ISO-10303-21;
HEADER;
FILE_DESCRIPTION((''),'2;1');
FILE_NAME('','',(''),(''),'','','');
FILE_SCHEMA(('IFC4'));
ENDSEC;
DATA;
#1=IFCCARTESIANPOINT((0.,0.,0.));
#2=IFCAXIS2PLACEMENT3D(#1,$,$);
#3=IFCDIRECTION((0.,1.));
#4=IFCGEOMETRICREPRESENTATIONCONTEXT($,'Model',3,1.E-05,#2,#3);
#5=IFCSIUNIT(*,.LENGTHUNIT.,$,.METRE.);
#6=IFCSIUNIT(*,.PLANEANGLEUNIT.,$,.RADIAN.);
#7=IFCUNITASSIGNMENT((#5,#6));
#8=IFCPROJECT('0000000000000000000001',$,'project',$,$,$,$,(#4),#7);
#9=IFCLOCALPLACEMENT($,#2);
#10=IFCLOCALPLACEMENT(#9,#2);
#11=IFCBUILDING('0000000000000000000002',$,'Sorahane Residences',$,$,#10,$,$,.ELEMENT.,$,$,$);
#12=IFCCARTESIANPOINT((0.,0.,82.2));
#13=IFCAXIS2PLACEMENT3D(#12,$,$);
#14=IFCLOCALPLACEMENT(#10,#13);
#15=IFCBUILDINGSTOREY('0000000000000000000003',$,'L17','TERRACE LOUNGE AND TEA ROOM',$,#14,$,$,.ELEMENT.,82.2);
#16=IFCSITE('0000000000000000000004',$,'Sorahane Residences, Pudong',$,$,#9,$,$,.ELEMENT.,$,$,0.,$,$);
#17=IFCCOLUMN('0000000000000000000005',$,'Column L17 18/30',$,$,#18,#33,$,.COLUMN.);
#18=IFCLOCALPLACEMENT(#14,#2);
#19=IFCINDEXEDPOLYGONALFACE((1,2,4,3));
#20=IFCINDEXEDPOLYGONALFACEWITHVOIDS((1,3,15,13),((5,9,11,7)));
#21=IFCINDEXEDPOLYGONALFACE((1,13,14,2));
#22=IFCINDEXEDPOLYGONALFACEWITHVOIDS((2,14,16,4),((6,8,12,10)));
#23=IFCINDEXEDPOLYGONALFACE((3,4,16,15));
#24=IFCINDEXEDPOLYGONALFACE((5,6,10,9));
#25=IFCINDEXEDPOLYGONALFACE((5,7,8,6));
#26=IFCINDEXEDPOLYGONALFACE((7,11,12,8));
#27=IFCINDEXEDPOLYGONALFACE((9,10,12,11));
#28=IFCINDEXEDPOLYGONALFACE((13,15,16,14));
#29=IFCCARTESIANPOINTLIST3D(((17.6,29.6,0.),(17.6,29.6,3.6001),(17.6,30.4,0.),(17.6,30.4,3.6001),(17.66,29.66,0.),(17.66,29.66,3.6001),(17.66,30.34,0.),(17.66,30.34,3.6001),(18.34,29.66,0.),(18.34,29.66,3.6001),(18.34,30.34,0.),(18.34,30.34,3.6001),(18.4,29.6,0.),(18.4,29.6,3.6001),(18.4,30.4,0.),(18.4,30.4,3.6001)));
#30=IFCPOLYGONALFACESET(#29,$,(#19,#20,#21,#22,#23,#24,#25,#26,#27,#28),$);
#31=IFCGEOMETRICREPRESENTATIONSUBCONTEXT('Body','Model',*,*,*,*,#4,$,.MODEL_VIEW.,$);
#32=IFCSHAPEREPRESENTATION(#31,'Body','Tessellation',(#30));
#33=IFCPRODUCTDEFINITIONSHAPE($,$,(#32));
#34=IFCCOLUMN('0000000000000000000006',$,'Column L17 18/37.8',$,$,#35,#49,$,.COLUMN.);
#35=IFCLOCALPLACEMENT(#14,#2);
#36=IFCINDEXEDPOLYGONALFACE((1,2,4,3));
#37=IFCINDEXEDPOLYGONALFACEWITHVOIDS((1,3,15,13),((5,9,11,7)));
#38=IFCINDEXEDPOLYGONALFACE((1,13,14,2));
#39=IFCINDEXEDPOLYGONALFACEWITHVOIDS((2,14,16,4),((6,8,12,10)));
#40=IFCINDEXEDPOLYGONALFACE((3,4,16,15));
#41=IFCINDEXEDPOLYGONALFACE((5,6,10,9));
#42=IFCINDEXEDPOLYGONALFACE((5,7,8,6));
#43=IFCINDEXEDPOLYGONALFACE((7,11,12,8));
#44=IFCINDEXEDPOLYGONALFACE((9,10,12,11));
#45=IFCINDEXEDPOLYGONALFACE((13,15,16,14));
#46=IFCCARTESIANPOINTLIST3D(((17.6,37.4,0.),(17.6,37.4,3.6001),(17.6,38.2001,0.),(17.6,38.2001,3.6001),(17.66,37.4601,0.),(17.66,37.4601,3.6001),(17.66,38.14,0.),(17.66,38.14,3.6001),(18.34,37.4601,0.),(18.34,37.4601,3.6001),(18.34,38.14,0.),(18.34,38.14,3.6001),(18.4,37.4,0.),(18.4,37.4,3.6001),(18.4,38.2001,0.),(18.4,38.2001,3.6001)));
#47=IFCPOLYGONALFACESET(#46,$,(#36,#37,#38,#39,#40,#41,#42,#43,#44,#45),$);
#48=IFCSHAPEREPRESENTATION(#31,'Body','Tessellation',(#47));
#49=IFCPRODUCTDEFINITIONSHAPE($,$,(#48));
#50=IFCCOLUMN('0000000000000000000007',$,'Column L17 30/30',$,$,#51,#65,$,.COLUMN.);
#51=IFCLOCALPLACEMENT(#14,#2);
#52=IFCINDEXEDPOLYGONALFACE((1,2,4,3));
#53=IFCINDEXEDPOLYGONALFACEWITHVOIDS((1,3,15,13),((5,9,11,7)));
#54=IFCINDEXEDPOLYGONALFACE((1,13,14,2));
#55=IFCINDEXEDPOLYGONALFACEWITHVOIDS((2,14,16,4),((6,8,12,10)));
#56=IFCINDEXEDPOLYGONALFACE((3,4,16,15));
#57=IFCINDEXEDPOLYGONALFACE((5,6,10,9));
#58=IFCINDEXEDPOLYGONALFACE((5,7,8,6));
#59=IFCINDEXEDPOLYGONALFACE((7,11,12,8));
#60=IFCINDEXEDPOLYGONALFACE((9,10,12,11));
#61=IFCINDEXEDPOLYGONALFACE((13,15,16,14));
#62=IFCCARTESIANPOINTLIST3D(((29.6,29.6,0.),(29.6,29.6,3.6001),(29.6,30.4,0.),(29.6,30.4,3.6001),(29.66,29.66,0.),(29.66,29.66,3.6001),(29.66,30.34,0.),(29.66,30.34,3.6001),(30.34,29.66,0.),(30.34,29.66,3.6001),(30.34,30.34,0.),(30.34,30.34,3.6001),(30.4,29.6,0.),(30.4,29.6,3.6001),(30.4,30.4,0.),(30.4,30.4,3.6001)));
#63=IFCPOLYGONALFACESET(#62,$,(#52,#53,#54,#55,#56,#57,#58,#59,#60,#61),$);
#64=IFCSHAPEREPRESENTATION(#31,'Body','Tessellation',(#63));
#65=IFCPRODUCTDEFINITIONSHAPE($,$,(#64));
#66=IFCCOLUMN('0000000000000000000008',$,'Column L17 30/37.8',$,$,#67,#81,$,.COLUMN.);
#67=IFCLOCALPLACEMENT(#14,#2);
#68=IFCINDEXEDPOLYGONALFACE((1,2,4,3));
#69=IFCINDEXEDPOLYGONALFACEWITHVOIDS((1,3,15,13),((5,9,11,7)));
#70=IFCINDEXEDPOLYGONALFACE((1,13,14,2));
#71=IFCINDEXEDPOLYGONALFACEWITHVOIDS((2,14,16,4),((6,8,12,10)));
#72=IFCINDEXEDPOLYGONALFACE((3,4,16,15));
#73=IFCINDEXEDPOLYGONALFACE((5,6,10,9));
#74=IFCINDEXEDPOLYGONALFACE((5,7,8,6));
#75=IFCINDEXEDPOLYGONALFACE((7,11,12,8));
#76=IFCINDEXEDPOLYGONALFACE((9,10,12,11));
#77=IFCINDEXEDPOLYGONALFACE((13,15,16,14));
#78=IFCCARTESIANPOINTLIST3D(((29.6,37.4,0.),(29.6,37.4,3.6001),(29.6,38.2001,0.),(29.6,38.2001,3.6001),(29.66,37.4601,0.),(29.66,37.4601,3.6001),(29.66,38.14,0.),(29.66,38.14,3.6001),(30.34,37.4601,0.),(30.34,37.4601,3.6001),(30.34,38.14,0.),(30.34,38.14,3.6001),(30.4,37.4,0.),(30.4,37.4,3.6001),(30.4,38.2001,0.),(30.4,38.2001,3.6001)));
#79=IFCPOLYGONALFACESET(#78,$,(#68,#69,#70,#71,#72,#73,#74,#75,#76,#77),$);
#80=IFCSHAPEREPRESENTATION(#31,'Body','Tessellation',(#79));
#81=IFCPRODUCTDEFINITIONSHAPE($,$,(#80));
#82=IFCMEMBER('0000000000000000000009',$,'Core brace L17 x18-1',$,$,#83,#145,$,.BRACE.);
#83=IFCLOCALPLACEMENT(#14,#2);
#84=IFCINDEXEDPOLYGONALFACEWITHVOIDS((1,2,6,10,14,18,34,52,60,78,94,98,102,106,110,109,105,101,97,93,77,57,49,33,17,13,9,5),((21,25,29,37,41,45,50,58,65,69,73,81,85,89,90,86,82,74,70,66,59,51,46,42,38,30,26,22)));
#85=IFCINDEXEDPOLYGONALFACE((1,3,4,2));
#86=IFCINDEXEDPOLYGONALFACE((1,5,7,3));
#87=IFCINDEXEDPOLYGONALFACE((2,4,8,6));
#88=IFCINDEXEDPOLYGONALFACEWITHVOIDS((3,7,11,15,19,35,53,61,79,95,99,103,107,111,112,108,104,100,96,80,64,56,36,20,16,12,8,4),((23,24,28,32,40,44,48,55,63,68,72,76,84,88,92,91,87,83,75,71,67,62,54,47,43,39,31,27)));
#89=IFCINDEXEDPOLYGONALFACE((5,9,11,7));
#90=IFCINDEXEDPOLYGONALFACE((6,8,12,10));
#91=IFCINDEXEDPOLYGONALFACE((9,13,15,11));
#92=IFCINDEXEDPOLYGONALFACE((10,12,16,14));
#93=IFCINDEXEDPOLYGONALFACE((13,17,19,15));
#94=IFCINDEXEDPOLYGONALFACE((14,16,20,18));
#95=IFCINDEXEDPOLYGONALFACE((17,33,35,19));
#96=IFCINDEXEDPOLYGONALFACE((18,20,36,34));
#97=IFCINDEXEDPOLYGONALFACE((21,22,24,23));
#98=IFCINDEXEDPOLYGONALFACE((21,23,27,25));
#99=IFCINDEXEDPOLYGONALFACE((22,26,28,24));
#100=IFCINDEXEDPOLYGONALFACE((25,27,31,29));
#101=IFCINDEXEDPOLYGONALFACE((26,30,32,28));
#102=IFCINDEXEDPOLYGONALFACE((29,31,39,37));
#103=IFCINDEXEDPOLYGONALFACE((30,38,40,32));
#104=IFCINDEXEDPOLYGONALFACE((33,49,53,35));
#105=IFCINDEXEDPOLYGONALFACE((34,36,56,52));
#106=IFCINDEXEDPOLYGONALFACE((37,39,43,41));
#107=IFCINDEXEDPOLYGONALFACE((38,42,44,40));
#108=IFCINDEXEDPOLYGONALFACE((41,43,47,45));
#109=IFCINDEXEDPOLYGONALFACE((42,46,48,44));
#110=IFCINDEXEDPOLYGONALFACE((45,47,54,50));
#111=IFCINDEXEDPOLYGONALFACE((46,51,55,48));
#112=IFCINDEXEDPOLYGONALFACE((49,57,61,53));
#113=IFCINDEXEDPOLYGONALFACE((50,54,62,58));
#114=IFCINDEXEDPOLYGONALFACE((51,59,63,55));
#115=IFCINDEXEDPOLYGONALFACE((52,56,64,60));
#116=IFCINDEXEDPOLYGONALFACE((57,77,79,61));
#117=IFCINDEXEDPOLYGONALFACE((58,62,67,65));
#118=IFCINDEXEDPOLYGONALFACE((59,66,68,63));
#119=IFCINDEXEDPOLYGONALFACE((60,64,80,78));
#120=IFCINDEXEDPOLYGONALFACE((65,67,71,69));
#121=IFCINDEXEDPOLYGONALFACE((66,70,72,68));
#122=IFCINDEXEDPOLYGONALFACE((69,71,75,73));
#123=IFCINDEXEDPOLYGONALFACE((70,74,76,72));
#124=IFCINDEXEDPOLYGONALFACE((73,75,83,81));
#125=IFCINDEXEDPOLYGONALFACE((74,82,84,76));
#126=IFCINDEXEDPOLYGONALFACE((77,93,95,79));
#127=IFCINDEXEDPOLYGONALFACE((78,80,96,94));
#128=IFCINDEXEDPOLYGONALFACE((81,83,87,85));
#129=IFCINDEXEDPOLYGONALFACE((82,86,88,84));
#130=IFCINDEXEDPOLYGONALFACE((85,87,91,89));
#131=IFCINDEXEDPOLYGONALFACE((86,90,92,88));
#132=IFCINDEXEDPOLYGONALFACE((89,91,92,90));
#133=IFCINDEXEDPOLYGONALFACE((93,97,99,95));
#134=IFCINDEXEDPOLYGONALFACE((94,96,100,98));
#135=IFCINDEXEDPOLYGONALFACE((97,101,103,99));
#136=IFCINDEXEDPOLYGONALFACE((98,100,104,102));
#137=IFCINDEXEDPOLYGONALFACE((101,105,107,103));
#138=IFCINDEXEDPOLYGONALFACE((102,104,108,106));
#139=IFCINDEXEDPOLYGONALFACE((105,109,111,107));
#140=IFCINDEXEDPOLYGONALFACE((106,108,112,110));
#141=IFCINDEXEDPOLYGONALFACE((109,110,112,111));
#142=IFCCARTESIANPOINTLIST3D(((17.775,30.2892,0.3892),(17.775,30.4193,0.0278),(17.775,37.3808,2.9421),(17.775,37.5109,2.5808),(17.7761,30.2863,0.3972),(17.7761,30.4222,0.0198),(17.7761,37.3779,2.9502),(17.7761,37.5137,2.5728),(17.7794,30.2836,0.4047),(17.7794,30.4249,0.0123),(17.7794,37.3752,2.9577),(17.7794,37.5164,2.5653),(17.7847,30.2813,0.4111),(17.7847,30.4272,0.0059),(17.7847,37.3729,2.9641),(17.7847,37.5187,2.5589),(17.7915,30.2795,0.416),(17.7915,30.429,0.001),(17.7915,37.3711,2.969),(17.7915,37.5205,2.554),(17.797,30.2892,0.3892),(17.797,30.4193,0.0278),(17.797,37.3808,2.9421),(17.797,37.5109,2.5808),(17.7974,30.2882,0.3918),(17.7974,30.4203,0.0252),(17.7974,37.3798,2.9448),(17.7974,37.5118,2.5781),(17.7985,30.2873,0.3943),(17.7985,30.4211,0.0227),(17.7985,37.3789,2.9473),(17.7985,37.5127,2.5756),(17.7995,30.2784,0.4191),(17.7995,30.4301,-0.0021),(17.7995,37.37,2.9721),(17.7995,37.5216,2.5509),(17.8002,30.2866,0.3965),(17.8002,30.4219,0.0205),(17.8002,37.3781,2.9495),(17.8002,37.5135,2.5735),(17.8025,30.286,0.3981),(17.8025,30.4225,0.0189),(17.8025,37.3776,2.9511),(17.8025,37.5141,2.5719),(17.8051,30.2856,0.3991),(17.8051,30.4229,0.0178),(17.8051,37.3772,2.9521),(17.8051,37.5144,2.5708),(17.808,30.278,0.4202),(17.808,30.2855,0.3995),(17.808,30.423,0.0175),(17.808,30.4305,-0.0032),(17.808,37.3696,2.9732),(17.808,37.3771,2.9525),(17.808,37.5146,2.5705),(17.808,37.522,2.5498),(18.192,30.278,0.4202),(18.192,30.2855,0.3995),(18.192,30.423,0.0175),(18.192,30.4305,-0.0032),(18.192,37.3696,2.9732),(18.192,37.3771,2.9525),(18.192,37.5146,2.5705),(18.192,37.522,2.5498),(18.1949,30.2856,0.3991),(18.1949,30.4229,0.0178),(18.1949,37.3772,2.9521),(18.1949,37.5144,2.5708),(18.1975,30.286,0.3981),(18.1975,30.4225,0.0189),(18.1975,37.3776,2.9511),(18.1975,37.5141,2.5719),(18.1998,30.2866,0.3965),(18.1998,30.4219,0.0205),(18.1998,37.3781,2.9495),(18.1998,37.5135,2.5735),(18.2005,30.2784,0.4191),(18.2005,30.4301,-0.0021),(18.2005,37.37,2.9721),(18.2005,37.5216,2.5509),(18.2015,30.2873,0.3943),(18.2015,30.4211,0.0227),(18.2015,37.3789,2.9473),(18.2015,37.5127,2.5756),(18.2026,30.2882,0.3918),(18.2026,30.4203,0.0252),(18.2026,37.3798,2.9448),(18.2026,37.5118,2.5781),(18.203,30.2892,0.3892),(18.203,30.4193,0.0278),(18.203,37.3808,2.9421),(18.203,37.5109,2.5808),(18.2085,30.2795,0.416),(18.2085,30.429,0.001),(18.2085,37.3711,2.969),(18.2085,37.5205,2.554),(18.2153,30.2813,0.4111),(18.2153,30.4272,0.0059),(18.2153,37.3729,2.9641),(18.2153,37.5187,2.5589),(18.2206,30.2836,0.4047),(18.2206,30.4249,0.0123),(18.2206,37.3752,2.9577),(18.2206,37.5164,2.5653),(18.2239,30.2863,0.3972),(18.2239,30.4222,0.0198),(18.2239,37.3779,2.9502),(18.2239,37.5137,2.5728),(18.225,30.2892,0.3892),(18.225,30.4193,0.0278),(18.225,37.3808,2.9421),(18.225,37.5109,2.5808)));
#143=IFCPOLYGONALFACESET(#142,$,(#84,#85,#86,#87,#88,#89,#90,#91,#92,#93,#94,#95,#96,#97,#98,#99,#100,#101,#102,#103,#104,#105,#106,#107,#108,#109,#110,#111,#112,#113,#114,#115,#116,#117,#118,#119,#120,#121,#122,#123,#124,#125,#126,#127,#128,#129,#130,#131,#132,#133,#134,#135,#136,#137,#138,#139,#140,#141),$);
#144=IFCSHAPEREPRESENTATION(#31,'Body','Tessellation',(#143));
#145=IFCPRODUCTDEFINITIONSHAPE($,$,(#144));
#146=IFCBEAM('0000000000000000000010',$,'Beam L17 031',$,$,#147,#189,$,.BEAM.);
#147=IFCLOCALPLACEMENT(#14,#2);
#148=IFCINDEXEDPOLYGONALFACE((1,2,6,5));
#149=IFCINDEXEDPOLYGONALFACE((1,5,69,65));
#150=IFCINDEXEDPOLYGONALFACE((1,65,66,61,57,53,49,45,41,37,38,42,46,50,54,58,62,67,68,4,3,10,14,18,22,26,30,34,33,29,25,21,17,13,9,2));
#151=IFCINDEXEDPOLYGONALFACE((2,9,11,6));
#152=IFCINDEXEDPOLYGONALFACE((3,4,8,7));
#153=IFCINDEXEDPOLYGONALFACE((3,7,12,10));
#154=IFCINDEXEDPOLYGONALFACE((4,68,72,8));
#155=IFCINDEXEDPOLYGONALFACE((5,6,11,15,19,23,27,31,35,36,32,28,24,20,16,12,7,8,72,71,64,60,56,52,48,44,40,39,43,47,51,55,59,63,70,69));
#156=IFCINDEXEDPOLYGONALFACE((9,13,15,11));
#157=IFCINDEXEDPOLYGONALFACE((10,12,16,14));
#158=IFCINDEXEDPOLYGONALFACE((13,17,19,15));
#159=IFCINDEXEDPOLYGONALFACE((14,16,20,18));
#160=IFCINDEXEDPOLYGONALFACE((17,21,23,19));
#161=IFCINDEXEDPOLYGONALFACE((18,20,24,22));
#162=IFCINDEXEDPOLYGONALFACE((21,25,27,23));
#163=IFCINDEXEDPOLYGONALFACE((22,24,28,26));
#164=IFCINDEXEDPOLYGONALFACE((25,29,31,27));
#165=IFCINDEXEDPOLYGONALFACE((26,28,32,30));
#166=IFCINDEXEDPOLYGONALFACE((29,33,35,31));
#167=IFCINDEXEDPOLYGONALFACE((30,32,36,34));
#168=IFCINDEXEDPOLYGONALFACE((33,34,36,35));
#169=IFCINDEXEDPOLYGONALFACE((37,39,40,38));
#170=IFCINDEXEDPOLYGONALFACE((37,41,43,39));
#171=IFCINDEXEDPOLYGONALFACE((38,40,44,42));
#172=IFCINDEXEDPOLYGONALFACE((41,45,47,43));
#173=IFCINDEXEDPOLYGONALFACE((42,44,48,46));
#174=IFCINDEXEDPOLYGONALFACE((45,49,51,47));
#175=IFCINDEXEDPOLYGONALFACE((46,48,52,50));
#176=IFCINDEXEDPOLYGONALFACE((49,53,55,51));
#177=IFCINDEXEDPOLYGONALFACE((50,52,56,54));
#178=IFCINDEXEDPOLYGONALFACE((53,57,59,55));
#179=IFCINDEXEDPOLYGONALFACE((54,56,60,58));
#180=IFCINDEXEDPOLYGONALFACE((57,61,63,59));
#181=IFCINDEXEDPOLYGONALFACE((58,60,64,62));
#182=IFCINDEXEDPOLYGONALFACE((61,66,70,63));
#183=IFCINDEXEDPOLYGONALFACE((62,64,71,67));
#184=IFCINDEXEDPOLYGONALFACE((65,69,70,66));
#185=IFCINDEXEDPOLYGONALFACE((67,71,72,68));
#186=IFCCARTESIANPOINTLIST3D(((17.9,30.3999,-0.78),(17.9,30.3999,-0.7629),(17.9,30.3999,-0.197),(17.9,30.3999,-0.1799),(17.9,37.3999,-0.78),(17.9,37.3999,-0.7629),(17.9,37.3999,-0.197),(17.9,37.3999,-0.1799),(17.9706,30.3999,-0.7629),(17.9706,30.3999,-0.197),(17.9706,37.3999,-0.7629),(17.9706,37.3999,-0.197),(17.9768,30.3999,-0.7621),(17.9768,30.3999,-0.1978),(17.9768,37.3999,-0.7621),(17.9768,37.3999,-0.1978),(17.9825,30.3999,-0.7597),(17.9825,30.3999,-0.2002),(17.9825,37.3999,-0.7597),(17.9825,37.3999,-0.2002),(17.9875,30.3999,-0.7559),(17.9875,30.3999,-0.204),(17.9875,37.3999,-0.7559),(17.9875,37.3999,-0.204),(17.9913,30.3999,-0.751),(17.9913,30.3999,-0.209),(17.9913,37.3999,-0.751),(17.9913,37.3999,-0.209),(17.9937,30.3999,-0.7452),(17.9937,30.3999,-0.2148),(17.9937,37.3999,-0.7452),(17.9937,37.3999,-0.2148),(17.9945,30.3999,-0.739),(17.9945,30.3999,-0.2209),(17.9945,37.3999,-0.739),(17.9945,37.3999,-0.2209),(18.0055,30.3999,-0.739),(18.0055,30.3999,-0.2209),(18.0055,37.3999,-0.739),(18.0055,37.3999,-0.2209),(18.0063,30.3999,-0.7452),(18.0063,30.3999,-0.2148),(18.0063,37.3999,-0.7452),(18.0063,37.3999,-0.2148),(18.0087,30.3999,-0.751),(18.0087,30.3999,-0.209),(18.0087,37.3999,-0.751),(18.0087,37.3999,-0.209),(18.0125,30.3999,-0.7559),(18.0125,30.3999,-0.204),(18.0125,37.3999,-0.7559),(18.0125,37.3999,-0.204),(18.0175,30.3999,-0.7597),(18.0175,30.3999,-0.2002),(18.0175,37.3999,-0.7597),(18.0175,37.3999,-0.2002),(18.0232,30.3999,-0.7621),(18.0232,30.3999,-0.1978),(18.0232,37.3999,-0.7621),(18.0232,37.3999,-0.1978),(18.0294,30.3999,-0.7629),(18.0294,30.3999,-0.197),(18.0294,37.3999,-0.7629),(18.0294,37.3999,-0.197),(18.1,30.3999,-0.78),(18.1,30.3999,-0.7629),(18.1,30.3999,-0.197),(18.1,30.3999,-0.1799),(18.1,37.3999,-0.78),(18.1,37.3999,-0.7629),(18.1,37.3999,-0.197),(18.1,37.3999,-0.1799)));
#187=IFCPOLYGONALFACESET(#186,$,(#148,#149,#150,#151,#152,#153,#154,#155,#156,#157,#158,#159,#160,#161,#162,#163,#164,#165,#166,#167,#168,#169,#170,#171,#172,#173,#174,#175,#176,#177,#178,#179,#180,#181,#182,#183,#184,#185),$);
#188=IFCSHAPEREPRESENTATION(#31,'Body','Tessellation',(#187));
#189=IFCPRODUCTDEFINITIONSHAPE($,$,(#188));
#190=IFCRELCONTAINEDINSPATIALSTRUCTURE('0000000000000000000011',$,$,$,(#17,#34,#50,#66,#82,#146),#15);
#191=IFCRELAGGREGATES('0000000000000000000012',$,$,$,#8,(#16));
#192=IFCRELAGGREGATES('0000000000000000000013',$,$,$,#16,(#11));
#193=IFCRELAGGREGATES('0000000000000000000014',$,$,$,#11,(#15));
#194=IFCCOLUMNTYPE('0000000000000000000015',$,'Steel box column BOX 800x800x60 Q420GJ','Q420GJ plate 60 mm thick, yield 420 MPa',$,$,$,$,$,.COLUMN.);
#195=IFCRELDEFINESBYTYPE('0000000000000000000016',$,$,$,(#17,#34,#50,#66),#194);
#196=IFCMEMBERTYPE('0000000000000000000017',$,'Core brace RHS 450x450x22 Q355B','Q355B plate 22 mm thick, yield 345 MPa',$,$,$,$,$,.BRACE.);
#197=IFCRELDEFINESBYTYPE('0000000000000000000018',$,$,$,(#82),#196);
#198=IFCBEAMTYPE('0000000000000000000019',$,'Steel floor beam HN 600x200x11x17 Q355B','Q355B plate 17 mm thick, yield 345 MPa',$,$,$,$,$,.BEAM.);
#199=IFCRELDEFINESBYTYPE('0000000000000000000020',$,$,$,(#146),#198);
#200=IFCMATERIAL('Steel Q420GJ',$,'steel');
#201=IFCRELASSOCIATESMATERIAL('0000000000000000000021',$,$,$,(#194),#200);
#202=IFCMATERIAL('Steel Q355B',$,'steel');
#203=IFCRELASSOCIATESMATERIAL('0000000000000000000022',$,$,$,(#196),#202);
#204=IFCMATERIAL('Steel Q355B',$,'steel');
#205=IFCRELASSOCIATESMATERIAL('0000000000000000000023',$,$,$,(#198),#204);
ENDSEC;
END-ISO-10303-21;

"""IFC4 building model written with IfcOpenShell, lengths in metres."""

from ifc_helpers import new_model, si_unit, direction, frame, origin, origin_2d, place, context, subcontext, project, spatial, hollow_rectangle, i_section, extrude, material, material_profile, profile_set, type_object, element, save


model = new_model("IFC4")

# Units and contexts
model_context = context("Model", 3, precision=1e-05, world=origin(), true_north=direction((0.0, 1.0)))
body_context = subcontext(model_context, "Body", "Model", "MODEL_VIEW")
ifc_project = project(units=[si_unit("LENGTHUNIT", "METRE"), si_unit("PLANEANGLEUNIT", "RADIAN")], contexts=[model_context])

# Site, building, storey
site_placement = place(None, origin())
site = spatial("IfcSite", under=ifc_project, at=site_placement, Name="Sorahane Residences, Pudong", CompositionType="ELEMENT", RefElevation=0.0)
building_placement = place(site_placement, origin())
building = spatial("IfcBuilding", under=site, at=building_placement, Name="Sorahane Residences", CompositionType="ELEMENT")
storey_placement = place(building_placement, frame((0.0, 0.0, 82.2)))
storey = spatial("IfcBuildingStorey", under=building, at=storey_placement, Name="L17", Description="TERRACE LOUNGE AND TEA ROOM", CompositionType="ELEMENT", Elevation=82.2)

# Columns
ifc_material_1 = material(Name="Steel Q420GJ", Category="steel")
ifc_material_profile_1 = material_profile(ifc_material_1, hollow_rectangle(XDim=0.8, YDim=0.8, WallThickness=0.0601, at=origin_2d()), Name="BOX 800x800x60")
ifc_profile_set_1 = profile_set([ifc_material_profile_1], Name="Steel Q420GJ")
column_type = type_object("IfcColumnType", Name="Steel box column BOX 800x800x60 Q420GJ", Description="Q420GJ plate 60 mm thick, yield 420 MPa", PredefinedType="COLUMN", material=ifc_profile_set_1)
for number, where, z_axis, x_axis, name in (
    (1, (18.0, 30.0, 0.0), (0.0, 0.0, 1.0), (1.0, 0.0, 0.0), "Column L17 18/30"),
    (2, (18.0, 37.8, 0.0), (0.0, 0.0, 1.0), (1.0, 0.0, 0.0), "Column L17 18/37.8"),
    (3, (30.0, 30.0, 0.0), (0.0, 0.0, 1.0), (1.0, 0.0, 0.0), "Column L17 30/30"),
    (4, (30.0, 37.8, 0.0), (0.0, 0.0, 1.0), (1.0, 0.0, 0.0), "Column L17 30/37.8"),
):
    element("IfcColumn", number, at=place(storey_placement, frame(where, z_axis=z_axis, x_axis=x_axis)), inside=storey, type_object=column_type, Name=name, PredefinedType="COLUMN", context=body_context, shape_type="SweptSolid", body=[
        extrude(hollow_rectangle(XDim=0.8, YDim=0.8, WallThickness=0.0601, at=origin_2d()), origin(), (0.0, 0.0, 1.0), 3.6001),
    ])

# Member
ifc_material_2 = material(Name="Steel Q355B", Category="steel")
ifc_material_profile_2 = material_profile(ifc_material_2, hollow_rectangle(XDim=0.45, YDim=0.45, WallThickness=0.022, InnerFilletRadius=0.011, OuterFilletRadius=0.033, at=origin_2d()), Name="RHS 450x450x22")
ifc_profile_set_2 = profile_set([ifc_material_profile_2], Name="Steel Q355B")
member_type = type_object("IfcMemberType", Name="Core brace RHS 450x450x22 Q355B", Description="Q355B plate 22 mm thick, yield 345 MPa", PredefinedType="BRACE", material=ifc_profile_set_2)
member_placement = place(storey_placement, frame((18.0, 30.3542, 0.2085), z_axis=(0.0, 0.940887, 0.338722), x_axis=(-1.0, 0.0, 0.0)))
element("IfcMember", 5, at=member_placement, inside=storey, type_object=member_type, Name="Core brace L17 x18-1", PredefinedType="BRACE", context=body_context, shape_type="SweptSolid", body=[
    extrude(hollow_rectangle(XDim=0.45, YDim=0.45, WallThickness=0.022, InnerFilletRadius=0.011, OuterFilletRadius=0.033, at=origin_2d()), origin(), (0.0, 0.0, 1.0), 7.5371),
])

# Beam
ifc_material_3 = material(Name="Steel Q355B", Category="steel")
ifc_material_profile_3 = material_profile(ifc_material_3, i_section(OverallWidth=0.2, OverallDepth=0.6001, WebThickness=0.011, FlangeThickness=0.0171, FilletRadius=0.0239, at=origin_2d()), Name="HN 600x200x11x17")
ifc_profile_set_3 = profile_set([ifc_material_profile_3], Name="Steel Q355B")
beam_type = type_object("IfcBeamType", Name="Steel floor beam HN 600x200x11x17 Q355B", Description="Q355B plate 17 mm thick, yield 345 MPa", PredefinedType="BEAM", material=ifc_profile_set_3)
for number, where, z_axis, x_axis, name in (
    (6, (18.0, 30.3999, -0.48), (0.0, 1.0, 0.0), (-1.0, 0.0, 0.0), "Beam L17 031"),
):
    element("IfcBeam", number, at=place(storey_placement, frame(where, z_axis=z_axis, x_axis=x_axis)), inside=storey, type_object=beam_type, Name=name, PredefinedType="BEAM", context=body_context, shape_type="SweptSolid", body=[
        extrude(i_section(OverallWidth=0.2, OverallDepth=0.6001, WebThickness=0.011, FlangeThickness=0.0171, FilletRadius=0.0239, at=origin_2d()), origin(), (0.0, 0.0, 1.0), 7.0),
    ])

save(model, "model.ifc")
